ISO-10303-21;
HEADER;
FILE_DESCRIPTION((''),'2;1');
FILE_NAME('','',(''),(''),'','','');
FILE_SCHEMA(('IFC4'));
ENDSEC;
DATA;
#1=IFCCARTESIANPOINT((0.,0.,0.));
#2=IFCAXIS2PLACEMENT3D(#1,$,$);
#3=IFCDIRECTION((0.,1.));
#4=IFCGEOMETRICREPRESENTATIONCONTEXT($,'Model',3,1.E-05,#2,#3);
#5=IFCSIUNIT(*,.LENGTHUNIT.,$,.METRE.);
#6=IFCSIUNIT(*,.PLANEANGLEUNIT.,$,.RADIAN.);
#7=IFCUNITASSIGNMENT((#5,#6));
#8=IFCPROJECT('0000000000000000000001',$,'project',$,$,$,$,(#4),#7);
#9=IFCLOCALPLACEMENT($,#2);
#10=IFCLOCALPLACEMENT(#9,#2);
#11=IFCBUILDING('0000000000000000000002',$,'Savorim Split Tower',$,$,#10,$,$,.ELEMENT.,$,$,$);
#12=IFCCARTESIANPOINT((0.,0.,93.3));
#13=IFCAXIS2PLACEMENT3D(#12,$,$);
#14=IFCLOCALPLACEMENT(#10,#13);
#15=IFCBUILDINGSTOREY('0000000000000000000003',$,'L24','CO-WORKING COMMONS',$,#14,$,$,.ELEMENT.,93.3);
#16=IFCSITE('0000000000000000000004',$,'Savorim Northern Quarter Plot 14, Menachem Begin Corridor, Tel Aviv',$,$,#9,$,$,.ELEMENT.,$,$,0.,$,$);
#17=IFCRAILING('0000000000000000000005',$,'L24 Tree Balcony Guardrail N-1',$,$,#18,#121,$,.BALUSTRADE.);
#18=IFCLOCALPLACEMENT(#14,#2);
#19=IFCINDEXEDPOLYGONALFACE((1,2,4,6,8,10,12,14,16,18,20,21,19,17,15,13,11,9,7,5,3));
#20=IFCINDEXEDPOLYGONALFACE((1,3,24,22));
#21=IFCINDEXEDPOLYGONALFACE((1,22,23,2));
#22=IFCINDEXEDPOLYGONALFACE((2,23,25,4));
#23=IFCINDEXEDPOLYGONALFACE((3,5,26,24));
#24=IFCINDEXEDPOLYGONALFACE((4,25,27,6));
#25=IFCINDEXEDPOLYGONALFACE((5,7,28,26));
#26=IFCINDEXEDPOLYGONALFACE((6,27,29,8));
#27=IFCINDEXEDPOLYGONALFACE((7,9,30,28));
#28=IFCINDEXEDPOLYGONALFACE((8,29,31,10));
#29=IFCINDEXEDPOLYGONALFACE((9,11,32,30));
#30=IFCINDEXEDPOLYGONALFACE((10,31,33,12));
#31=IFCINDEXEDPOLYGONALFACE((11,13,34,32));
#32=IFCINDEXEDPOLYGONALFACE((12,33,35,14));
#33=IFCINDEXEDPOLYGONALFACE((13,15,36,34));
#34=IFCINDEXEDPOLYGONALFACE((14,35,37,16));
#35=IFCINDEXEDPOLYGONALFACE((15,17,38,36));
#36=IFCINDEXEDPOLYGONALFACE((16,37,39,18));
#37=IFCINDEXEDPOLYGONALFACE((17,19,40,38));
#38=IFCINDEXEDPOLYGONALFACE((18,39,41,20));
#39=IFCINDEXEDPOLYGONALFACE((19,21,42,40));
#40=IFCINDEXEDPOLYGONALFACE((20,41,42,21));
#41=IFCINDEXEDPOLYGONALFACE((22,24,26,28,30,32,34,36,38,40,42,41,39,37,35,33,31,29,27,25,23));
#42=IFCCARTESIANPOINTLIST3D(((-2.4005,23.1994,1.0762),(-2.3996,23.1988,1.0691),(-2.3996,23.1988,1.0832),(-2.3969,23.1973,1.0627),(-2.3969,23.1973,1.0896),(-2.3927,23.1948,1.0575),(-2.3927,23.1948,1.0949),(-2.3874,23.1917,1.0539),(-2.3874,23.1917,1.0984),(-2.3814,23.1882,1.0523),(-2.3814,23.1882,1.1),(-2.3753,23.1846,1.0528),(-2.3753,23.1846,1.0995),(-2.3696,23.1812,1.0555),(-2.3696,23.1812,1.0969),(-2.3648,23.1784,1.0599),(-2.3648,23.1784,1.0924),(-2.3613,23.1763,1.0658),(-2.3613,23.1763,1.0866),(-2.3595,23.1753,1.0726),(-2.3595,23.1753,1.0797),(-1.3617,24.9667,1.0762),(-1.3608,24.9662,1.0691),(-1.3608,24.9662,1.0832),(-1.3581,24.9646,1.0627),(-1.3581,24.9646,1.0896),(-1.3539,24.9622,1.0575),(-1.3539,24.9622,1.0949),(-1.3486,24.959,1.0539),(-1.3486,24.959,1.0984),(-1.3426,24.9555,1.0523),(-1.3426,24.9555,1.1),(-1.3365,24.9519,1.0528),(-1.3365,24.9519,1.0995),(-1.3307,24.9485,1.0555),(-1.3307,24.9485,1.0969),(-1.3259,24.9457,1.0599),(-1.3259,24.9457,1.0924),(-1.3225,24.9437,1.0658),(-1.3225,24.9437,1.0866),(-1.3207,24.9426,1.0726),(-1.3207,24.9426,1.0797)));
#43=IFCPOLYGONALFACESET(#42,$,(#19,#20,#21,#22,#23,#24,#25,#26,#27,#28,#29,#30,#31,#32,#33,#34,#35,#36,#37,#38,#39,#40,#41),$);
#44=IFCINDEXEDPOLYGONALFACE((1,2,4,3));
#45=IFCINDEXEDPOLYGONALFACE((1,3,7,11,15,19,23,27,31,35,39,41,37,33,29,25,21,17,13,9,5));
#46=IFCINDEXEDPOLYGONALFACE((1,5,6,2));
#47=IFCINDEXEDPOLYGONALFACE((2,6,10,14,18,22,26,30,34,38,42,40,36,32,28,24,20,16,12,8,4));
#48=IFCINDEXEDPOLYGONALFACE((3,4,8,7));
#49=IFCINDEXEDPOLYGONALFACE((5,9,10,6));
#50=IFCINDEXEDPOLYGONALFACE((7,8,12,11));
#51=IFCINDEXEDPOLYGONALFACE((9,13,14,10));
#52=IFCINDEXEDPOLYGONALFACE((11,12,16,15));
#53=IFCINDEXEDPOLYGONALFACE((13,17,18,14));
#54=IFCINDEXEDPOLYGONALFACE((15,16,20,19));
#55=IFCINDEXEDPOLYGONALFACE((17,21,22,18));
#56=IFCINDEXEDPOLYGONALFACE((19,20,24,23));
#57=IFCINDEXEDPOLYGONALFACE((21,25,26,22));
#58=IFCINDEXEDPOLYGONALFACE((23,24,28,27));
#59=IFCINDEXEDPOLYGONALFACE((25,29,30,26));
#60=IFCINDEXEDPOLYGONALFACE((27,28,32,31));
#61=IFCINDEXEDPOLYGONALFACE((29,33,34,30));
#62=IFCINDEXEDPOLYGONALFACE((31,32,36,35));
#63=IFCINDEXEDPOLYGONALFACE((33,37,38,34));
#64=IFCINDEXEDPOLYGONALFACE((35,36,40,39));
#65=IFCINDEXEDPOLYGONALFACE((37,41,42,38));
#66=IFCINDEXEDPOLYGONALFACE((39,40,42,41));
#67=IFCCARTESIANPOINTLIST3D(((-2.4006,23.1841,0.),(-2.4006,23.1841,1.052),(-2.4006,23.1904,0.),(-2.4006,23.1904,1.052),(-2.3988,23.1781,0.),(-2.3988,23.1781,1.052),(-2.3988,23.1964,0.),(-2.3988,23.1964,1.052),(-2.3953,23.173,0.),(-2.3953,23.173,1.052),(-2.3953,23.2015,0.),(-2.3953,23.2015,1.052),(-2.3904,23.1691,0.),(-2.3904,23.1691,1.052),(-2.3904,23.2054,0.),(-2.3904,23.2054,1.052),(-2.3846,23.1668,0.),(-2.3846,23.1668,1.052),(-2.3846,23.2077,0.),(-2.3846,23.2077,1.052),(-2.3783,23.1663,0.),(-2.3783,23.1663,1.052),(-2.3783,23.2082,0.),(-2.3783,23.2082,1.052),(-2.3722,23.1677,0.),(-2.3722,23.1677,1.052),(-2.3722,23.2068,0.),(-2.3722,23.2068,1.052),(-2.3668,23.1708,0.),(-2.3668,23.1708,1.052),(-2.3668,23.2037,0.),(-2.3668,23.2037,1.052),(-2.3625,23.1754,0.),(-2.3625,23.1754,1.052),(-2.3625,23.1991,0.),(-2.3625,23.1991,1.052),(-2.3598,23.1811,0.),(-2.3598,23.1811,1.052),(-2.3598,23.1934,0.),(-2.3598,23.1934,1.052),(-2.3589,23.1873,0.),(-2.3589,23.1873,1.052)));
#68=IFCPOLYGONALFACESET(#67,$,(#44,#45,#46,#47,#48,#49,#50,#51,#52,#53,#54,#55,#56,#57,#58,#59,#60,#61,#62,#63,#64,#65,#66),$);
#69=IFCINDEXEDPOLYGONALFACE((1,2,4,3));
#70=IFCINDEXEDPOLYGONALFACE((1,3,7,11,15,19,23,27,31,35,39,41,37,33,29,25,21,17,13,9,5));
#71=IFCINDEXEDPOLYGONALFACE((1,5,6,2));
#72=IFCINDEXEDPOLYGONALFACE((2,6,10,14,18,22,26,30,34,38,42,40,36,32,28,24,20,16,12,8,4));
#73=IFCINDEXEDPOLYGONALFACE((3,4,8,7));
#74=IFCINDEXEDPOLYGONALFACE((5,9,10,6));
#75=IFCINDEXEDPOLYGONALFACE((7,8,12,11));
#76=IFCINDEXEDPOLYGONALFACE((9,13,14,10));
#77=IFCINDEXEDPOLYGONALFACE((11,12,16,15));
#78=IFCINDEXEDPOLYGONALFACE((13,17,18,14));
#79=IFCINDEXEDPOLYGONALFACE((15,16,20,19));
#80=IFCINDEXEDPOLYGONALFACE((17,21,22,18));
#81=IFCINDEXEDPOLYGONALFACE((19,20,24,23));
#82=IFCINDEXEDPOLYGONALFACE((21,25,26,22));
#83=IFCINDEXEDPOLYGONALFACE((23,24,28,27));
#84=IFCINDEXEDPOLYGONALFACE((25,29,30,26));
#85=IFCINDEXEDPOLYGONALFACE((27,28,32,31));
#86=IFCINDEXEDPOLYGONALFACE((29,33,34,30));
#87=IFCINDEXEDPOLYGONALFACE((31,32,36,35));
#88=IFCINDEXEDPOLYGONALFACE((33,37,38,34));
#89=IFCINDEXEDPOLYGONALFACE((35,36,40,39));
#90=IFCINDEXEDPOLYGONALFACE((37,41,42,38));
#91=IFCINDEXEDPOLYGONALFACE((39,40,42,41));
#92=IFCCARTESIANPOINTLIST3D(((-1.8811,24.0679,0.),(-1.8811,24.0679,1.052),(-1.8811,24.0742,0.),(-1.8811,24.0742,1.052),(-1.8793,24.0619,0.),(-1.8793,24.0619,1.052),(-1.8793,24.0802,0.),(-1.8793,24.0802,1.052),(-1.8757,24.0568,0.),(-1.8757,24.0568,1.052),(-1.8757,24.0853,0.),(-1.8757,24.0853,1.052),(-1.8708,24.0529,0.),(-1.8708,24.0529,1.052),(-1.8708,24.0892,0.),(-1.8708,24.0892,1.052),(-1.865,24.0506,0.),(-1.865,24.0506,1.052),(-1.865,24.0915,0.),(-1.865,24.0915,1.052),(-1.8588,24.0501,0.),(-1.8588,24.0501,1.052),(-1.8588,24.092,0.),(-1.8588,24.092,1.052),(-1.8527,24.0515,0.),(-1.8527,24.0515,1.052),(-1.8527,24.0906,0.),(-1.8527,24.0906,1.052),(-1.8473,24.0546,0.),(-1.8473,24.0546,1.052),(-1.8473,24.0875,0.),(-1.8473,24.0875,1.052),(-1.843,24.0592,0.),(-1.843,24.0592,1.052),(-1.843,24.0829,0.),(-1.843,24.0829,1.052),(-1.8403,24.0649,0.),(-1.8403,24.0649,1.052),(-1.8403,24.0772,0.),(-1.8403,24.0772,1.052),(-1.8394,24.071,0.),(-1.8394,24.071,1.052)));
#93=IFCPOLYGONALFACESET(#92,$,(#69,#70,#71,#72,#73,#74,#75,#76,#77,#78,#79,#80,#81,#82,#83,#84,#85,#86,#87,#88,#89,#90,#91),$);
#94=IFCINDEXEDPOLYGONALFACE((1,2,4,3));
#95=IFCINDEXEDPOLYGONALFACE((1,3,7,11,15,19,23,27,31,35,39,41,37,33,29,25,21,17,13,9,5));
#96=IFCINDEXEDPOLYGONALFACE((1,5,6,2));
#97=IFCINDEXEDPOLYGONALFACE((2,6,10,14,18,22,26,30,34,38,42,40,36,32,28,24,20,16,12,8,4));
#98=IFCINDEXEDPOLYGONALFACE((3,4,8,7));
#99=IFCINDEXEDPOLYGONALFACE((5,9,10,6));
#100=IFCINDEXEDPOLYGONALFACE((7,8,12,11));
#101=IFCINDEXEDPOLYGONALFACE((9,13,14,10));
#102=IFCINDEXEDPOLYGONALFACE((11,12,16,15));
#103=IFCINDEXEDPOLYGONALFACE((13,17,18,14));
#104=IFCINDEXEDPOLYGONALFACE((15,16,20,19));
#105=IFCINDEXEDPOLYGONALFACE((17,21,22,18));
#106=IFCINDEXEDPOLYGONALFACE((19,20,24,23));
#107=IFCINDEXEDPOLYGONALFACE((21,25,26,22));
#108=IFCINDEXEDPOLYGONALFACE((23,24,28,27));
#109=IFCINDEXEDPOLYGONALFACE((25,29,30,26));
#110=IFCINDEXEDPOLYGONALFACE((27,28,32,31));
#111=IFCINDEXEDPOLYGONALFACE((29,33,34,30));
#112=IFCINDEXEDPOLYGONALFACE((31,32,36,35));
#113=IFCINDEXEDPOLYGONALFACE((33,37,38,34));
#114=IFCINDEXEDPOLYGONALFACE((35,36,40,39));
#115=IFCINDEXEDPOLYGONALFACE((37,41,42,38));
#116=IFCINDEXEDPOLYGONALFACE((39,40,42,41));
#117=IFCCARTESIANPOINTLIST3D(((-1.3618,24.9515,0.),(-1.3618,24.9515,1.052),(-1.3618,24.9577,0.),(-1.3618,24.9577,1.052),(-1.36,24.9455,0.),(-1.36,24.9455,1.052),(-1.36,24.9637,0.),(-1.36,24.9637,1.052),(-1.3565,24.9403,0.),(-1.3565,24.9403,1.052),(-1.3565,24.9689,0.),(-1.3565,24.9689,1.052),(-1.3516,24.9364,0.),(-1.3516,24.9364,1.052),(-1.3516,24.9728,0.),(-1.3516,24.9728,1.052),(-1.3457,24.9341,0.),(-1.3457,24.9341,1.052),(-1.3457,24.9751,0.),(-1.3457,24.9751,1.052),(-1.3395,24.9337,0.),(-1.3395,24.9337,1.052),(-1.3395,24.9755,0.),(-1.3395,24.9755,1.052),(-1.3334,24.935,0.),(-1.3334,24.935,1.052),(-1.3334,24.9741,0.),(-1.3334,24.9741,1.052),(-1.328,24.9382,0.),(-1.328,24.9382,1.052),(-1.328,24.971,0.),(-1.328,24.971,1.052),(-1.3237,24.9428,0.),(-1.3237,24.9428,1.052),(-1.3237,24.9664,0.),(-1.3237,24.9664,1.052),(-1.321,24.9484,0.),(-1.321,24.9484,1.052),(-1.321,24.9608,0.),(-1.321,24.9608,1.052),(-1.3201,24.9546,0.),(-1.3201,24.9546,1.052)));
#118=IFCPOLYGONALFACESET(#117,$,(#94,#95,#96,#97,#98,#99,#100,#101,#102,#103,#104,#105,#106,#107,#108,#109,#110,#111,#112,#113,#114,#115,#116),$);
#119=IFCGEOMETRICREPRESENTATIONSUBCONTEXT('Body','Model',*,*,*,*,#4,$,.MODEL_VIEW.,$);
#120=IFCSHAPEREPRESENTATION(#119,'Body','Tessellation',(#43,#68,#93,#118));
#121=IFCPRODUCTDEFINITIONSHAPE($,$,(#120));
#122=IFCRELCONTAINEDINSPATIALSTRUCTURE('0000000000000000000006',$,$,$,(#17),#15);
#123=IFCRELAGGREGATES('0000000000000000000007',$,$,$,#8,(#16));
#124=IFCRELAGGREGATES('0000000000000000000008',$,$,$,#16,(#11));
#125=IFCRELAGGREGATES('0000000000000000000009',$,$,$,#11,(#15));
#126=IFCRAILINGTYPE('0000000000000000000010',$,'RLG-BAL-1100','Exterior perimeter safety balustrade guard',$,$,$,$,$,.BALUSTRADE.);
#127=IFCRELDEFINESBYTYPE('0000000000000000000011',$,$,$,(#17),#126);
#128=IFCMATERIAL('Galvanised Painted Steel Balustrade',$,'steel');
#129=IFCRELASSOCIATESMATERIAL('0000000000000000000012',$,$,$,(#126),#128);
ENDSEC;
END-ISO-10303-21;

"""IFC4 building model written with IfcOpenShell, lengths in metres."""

from ifc_helpers import new_model, si_unit, direction, frame, origin, origin_2d, place, context, subcontext, project, spatial, circle, extrude, material, type_object, element, save


model = new_model("IFC4")

# Units and contexts
model_context = context("Model", 3, precision=1e-05, world=origin(), true_north=direction((0.0, 1.0)))
body_context = subcontext(model_context, "Body", "Model", "MODEL_VIEW")
ifc_project = project(units=[si_unit("LENGTHUNIT", "METRE"), si_unit("PLANEANGLEUNIT", "RADIAN")], contexts=[model_context])

# Site, building, storey
site_placement = place(None, origin())
site = spatial("IfcSite", under=ifc_project, at=site_placement, Name="Savorim Northern Quarter Plot 14, Menachem Begin Corridor, Tel Aviv", CompositionType="ELEMENT", RefElevation=0.0)
building_placement = place(site_placement, origin())
building = spatial("IfcBuilding", under=site, at=building_placement, Name="Savorim Split Tower", CompositionType="ELEMENT")
storey_placement = place(building_placement, frame((0.0, 0.0, 93.3)))
storey = spatial("IfcBuildingStorey", under=building, at=storey_placement, Name="L24", Description="CO-WORKING COMMONS", CompositionType="ELEMENT", Elevation=93.3)

# Railing
ifc_material_1 = material(Name="Galvanised Painted Steel Balustrade", Category="steel")
railing_type = type_object("IfcRailingType", Name="RLG-BAL-1100", Description="Exterior perimeter safety balustrade guard", PredefinedType="BALUSTRADE", material=ifc_material_1)
railing_1_placement = place(storey_placement, frame((-2.3799, 23.1873, 0.0)))
element("IfcRailing", 1, at=railing_1_placement, inside=storey, type_object=railing_type, Name="L24 Tree Balcony Guardrail N-1", PredefinedType="BALUSTRADE", context=body_context, shape_type="SweptSolid", body=[
    extrude(circle(Radius=0.0239, at=origin_2d()), frame((0.0, 0.0, 1.0762), z_axis=(0.506734, 0.862103, 0.0), x_axis=(-0.862103, 0.506734, 0.0)), (0.0, 0.0, 1.0), 2.05),
    extrude(circle(Radius=0.021, at=origin_2d()), origin(), (0.0, 0.0, 1.0), 1.052),
    extrude(circle(Radius=0.021, at=origin_2d()), frame((0.5195, 0.8838, 0.0)), (0.0, 0.0, 1.0), 1.052),
    extrude(circle(Radius=0.021, at=origin_2d()), frame((1.0388, 1.7673, 0.0)), (0.0, 0.0, 1.0), 1.052),
])

save(model, "model.ifc")
